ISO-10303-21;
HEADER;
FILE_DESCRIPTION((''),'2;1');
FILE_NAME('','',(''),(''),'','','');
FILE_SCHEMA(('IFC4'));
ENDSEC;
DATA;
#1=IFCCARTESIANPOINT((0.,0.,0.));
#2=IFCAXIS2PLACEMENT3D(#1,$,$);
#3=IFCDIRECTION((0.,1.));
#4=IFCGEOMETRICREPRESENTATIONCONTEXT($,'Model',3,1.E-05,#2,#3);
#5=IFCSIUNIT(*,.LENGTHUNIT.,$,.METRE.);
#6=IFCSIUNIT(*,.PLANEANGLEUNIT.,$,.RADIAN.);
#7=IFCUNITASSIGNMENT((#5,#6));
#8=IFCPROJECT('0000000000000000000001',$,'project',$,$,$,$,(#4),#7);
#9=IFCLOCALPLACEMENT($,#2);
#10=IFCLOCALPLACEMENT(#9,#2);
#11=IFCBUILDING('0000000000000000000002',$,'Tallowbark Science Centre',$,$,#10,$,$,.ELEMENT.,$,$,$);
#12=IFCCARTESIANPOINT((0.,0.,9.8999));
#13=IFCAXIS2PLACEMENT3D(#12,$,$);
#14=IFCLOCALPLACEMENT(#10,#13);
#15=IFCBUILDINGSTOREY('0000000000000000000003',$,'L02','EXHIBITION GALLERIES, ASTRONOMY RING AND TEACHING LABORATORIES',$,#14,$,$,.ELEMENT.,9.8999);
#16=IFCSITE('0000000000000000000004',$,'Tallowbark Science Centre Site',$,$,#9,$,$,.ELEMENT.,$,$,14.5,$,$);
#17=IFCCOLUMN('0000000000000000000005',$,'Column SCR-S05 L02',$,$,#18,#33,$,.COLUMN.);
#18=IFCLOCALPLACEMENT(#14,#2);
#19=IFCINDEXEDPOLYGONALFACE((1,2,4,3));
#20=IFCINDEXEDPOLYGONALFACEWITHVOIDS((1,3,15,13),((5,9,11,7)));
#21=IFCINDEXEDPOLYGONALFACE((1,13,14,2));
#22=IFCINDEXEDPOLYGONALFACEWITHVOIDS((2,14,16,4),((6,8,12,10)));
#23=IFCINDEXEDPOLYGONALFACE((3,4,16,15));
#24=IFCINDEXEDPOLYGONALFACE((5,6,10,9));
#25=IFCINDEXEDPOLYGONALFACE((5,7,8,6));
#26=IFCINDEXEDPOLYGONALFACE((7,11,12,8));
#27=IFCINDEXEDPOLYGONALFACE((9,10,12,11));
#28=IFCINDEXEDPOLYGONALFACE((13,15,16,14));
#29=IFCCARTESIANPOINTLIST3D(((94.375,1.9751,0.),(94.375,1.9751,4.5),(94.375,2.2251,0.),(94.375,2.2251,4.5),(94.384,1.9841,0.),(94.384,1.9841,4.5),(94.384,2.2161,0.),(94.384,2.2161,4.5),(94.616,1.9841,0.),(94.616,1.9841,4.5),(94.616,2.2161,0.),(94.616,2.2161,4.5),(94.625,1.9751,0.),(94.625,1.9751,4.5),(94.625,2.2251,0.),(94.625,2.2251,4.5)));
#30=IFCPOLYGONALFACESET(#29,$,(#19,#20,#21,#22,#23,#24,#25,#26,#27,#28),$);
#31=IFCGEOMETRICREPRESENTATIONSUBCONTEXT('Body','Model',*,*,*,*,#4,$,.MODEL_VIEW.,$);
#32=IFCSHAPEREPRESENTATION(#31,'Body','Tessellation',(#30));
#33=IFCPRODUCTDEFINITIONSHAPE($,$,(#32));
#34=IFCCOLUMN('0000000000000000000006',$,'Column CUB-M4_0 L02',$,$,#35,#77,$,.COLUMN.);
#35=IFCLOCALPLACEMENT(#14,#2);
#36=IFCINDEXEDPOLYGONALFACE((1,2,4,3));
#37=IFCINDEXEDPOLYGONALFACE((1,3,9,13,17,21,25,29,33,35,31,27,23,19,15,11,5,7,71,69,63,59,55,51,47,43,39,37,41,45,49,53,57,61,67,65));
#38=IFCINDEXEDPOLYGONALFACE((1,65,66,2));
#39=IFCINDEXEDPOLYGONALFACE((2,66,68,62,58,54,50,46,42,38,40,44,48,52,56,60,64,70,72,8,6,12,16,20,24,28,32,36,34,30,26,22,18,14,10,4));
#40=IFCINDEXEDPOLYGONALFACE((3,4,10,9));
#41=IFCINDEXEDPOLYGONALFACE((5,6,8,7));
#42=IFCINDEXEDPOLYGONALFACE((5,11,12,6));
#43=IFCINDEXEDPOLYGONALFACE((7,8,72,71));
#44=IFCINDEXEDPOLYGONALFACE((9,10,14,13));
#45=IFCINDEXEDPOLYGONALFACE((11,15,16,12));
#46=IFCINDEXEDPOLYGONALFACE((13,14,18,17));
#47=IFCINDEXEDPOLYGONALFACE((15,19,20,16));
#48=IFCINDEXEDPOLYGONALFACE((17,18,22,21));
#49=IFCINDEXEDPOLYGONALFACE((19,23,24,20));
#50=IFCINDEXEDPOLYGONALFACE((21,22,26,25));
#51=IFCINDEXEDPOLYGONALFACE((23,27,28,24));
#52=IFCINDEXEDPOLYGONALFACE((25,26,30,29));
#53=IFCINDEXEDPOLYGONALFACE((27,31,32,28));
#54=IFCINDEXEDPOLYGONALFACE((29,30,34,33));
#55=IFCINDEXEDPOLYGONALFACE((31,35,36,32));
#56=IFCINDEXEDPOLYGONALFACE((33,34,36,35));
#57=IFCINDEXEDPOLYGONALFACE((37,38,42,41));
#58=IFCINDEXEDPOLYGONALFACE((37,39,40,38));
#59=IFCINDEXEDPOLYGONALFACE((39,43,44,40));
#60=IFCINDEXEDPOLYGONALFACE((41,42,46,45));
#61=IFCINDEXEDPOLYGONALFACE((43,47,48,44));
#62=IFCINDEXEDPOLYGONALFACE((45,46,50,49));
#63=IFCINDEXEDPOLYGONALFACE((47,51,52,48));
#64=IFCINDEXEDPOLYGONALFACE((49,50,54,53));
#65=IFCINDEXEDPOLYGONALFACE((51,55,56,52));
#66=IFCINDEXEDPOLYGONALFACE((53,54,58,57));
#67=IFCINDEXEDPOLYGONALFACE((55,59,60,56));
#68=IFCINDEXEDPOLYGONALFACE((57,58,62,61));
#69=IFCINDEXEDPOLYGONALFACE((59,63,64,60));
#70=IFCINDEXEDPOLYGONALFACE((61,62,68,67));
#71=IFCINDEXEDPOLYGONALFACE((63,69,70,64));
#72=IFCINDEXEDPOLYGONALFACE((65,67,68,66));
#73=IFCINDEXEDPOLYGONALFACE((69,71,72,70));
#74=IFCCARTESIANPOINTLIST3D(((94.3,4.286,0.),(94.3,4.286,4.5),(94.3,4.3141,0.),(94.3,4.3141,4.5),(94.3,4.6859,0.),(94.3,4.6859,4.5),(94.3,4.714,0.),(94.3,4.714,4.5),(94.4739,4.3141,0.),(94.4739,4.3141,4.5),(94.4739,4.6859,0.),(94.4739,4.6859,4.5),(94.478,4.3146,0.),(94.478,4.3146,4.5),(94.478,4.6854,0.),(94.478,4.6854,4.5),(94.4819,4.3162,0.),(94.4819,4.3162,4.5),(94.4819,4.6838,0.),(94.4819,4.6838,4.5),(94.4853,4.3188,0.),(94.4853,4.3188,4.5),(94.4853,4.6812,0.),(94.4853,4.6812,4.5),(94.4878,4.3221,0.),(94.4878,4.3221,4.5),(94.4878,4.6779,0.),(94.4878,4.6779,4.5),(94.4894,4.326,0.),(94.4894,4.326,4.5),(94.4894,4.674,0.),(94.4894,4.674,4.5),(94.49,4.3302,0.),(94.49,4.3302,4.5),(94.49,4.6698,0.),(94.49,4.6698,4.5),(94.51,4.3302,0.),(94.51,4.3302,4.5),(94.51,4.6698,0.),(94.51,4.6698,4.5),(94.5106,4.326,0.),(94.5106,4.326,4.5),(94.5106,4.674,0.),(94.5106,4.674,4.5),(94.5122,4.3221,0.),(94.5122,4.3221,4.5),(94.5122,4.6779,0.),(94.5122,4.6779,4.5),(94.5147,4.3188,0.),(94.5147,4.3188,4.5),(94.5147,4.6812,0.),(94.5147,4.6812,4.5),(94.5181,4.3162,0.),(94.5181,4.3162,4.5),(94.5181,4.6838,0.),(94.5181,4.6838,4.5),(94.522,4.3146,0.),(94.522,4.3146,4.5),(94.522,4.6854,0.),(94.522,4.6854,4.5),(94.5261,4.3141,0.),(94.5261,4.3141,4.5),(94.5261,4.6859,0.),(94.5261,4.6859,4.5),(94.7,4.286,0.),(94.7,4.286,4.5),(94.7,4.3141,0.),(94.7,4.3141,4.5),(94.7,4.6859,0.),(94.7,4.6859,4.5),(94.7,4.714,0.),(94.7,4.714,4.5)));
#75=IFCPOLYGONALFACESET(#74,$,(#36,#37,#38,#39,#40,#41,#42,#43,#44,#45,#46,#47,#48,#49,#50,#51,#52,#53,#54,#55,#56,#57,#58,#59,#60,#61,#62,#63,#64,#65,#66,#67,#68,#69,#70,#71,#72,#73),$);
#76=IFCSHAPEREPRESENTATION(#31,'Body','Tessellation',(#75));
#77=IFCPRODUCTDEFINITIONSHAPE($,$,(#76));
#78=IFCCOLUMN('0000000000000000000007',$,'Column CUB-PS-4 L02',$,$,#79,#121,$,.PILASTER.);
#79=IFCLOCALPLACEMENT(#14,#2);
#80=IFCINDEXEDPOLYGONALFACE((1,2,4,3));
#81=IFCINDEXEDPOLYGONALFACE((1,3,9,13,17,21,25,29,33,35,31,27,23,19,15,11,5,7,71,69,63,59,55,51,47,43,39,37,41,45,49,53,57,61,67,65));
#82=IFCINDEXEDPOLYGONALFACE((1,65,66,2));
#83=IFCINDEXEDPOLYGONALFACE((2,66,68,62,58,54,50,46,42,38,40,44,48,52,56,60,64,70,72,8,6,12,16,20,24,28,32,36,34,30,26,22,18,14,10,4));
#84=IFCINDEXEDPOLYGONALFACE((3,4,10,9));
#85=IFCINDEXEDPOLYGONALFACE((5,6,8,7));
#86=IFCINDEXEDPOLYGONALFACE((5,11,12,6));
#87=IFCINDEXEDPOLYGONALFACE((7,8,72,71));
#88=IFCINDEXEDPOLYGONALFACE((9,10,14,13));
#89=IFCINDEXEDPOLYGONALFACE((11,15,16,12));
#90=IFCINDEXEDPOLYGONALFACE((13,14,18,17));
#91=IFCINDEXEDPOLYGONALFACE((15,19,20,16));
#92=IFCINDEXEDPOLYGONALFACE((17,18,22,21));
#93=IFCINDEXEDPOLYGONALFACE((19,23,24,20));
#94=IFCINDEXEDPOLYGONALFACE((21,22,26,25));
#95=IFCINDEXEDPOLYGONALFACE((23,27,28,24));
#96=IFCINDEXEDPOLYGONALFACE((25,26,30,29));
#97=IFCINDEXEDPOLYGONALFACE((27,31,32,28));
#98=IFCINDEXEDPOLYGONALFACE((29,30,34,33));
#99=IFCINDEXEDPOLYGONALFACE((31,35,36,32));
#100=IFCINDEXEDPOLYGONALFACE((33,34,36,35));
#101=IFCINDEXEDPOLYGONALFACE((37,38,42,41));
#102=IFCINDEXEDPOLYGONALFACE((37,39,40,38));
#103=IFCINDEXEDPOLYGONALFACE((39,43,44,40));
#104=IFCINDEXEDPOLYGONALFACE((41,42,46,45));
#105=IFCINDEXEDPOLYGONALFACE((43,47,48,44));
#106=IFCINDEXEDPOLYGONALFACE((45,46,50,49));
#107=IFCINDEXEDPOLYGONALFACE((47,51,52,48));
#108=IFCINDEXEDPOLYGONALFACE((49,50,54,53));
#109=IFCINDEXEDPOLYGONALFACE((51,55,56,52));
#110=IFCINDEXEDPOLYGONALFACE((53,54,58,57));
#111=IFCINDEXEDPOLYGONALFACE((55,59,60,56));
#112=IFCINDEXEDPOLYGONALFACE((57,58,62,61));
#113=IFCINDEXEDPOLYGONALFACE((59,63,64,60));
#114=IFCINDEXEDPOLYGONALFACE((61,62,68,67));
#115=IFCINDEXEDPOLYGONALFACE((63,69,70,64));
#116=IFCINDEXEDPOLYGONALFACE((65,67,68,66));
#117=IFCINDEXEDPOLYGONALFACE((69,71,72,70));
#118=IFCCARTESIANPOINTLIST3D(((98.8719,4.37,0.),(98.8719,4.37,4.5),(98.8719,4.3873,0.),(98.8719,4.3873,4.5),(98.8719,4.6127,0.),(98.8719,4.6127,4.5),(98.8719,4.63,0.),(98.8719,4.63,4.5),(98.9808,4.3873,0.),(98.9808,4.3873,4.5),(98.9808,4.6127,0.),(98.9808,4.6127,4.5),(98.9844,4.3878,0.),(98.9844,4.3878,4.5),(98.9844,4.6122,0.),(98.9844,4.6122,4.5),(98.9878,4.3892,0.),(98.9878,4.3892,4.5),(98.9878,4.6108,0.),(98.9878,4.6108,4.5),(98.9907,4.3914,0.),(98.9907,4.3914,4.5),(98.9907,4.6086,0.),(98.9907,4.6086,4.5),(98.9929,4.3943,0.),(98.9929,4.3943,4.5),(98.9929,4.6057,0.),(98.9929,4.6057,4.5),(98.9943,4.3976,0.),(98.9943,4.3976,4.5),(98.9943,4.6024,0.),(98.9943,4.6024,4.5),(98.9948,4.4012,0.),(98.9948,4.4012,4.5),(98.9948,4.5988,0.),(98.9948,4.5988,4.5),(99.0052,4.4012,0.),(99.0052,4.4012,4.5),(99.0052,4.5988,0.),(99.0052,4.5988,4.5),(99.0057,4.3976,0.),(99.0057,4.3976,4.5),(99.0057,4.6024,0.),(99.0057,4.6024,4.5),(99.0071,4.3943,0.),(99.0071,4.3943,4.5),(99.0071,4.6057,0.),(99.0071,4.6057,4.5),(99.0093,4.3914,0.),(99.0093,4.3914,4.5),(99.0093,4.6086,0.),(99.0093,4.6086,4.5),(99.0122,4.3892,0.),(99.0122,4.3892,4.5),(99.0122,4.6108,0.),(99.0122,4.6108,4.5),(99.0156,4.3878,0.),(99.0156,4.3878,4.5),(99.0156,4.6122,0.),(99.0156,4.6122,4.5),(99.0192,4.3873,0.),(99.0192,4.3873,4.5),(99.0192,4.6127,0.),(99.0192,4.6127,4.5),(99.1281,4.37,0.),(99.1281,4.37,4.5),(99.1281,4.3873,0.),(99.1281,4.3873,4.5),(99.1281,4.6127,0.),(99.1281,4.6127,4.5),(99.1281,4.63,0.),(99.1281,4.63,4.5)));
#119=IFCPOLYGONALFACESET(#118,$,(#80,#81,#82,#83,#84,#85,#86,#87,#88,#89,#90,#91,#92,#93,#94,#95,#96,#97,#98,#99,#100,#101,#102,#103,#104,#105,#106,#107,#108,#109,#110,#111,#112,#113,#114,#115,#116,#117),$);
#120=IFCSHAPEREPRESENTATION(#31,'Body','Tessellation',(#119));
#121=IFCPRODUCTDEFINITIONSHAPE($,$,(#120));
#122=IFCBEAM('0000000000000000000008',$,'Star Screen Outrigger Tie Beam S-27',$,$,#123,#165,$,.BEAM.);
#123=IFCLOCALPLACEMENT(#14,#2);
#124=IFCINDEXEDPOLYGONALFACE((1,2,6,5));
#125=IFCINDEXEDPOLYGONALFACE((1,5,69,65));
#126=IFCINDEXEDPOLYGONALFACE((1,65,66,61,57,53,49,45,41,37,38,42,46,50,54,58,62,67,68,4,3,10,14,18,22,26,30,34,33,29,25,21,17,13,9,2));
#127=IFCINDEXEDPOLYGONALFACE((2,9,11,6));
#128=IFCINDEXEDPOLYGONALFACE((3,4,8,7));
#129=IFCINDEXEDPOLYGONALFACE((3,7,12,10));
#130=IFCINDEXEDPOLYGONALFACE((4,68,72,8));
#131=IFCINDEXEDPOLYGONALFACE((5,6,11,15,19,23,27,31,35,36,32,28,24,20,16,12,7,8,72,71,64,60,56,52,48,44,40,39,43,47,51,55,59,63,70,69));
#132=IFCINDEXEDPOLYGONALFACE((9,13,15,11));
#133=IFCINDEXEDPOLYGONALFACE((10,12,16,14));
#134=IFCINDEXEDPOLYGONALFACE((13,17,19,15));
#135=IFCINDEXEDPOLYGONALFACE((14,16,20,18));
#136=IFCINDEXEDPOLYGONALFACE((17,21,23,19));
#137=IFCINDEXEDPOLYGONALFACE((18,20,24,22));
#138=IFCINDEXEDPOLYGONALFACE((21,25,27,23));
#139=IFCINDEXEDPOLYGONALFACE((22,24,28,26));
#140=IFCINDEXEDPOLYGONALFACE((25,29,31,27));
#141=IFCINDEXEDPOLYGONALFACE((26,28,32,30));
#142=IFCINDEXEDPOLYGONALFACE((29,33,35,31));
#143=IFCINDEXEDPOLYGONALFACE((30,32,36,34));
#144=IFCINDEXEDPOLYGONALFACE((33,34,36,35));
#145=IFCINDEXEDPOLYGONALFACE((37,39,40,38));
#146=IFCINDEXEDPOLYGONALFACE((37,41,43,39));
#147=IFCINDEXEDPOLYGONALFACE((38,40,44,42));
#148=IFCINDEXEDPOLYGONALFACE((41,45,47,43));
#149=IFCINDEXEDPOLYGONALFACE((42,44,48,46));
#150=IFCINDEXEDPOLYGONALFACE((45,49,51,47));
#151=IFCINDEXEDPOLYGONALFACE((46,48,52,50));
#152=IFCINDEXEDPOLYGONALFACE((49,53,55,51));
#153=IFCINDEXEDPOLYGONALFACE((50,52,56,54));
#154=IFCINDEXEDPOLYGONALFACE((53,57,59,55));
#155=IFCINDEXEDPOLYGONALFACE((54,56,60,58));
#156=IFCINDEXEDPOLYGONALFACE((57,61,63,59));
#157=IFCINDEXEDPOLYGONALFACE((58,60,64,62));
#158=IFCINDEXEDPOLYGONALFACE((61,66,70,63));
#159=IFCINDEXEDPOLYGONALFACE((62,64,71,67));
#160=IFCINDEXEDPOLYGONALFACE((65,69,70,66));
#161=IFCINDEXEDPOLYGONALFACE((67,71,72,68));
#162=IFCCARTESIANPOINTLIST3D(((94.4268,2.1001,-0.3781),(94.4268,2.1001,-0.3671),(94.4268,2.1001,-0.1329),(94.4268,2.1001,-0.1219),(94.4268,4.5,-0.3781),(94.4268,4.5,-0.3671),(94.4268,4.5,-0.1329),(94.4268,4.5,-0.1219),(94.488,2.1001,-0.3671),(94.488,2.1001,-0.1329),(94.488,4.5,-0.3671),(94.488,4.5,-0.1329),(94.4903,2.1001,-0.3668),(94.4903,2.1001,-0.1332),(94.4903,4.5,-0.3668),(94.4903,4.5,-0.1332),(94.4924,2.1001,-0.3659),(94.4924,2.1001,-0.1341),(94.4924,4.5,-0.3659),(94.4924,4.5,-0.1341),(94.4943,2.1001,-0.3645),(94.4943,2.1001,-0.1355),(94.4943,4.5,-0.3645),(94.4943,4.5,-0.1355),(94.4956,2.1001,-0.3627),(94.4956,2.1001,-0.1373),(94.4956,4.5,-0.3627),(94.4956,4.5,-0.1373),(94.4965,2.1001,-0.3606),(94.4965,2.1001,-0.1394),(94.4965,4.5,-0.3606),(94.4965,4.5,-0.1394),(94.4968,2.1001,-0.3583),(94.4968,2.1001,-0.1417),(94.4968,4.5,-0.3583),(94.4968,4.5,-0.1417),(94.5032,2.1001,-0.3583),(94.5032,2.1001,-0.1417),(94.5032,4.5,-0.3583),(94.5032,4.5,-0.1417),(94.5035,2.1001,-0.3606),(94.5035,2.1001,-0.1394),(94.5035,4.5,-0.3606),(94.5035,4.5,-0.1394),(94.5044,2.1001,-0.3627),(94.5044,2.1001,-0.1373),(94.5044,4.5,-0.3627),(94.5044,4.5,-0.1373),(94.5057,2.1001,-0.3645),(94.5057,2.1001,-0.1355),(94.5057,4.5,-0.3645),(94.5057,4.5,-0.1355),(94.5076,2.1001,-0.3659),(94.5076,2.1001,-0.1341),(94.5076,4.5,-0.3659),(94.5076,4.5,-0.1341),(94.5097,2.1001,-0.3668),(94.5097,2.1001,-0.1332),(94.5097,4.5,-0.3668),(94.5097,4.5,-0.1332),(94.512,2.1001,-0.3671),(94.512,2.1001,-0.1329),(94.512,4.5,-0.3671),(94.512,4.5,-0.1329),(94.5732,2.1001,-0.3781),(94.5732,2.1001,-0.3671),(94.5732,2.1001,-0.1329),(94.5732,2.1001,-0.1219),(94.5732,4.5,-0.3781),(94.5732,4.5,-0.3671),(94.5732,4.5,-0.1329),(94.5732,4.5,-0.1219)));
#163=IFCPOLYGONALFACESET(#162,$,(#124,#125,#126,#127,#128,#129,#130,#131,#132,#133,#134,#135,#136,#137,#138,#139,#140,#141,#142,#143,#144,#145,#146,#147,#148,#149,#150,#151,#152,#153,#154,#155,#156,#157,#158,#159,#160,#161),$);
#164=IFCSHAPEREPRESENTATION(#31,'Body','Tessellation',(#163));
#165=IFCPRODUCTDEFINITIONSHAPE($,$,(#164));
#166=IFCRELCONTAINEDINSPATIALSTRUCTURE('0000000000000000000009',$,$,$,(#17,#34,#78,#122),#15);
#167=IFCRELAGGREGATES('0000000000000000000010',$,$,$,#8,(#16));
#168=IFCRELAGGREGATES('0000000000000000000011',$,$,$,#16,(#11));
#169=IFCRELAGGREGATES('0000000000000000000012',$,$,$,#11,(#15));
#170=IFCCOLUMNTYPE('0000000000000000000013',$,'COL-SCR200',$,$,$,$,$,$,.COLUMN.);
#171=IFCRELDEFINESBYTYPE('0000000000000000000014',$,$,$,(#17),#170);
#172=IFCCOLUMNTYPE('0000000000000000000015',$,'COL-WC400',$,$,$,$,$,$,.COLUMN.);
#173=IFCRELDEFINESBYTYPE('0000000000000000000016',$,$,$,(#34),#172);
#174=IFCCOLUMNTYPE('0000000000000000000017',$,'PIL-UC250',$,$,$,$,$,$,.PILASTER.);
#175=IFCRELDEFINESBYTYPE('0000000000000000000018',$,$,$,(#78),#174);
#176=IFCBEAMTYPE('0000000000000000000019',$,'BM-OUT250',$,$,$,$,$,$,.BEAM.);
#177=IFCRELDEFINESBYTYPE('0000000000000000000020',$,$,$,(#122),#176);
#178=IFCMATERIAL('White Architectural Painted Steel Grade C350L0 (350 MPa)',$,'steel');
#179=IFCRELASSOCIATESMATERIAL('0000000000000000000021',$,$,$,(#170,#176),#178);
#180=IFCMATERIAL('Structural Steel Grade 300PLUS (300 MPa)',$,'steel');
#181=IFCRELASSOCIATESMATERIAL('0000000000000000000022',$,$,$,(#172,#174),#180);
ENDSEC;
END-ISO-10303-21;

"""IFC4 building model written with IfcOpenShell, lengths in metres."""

from ifc_helpers import new_model, si_unit, direction, frame, origin, origin_2d, place, context, subcontext, project, spatial, hollow_rectangle, i_section, extrude, material, material_profile, profile_set, type_object, element, save


model = new_model("IFC4")

# Units and contexts
model_context = context("Model", 3, precision=1e-05, world=origin(), true_north=direction((0.0, 1.0)))
body_context = subcontext(model_context, "Body", "Model", "MODEL_VIEW")
ifc_project = project(units=[si_unit("LENGTHUNIT", "METRE"), si_unit("PLANEANGLEUNIT", "RADIAN")], contexts=[model_context])

# Site, building, storey
site_placement = place(None, origin())
site = spatial("IfcSite", under=ifc_project, at=site_placement, Name="Tallowbark Science Centre Site", CompositionType="ELEMENT", RefElevation=14.5)
building_placement = place(site_placement, origin())
building = spatial("IfcBuilding", under=site, at=building_placement, Name="Tallowbark Science Centre", CompositionType="ELEMENT")
storey_placement = place(building_placement, frame((0.0, 0.0, 9.8999)))
storey = spatial("IfcBuildingStorey", under=building, at=storey_placement, Name="L02", Description="EXHIBITION GALLERIES, ASTRONOMY RING AND TEACHING LABORATORIES", CompositionType="ELEMENT", Elevation=9.8999)

# Columns
ifc_material_1 = material(Name="White Architectural Painted Steel Grade C350L0 (350 MPa)", Category="steel")
ifc_material_profile_1 = material_profile(ifc_material_1, hollow_rectangle(XDim=0.25, YDim=0.25, WallThickness=0.009, at=origin_2d()), Name="250x250x9.0SHS")
ifc_profile_set_1 = profile_set([ifc_material_profile_1], Name="White Architectural Painted Steel Grade C350L0 (350 MPa)")
column_type_1 = type_object("IfcColumnType", Name="COL-SCR200", PredefinedType="COLUMN", material=ifc_profile_set_1)
column_1_placement = place(storey_placement, frame((94.5, 2.1001, 0.0), z_axis=(0.0, 0.0, 1.0), x_axis=(1.0, 0.0, 0.0)))
element("IfcColumn", 1, at=column_1_placement, inside=storey, type_object=column_type_1, Name="Column SCR-S05 L02", PredefinedType="COLUMN", context=body_context, shape_type="SweptSolid", body=[
    extrude(hollow_rectangle(XDim=0.25, YDim=0.25, WallThickness=0.009, at=origin_2d()), origin(), (0.0, 0.0, 1.0), 4.5),
])
ifc_material_2 = material(Name="Structural Steel Grade 300PLUS (300 MPa)", Category="steel")
ifc_material_profile_2 = material_profile(ifc_material_2, i_section(OverallWidth=0.3999, OverallDepth=0.428, WebThickness=0.02, FlangeThickness=0.0281, FilletRadius=0.0161, at=origin_2d()), Name="400WC270")
ifc_profile_set_2 = profile_set([ifc_material_profile_2], Name="Structural Steel Grade 300PLUS (300 MPa)")
column_type_2 = type_object("IfcColumnType", Name="COL-WC400", PredefinedType="COLUMN", material=ifc_profile_set_2)
column_2_placement = place(storey_placement, frame((94.5, 4.5, 0.0), z_axis=(0.0, 0.0, 1.0), x_axis=(1.0, 0.0, 0.0)))
element("IfcColumn", 2, at=column_2_placement, inside=storey, type_object=column_type_2, Name="Column CUB-M4_0 L02", PredefinedType="COLUMN", context=body_context, shape_type="SweptSolid", body=[
    extrude(i_section(OverallWidth=0.3999, OverallDepth=0.428, WebThickness=0.02, FlangeThickness=0.0281, FilletRadius=0.0161, at=origin_2d()), origin(), (0.0, 0.0, 1.0), 4.5),
])
ifc_material_profile_3 = material_profile(ifc_material_2, i_section(OverallWidth=0.2561, OverallDepth=0.26, WebThickness=0.0105, FlangeThickness=0.0173, FilletRadius=0.0139, at=origin_2d()), Name="250UC89.5")
ifc_profile_set_3 = profile_set([ifc_material_profile_3], Name="Structural Steel Grade 300PLUS (300 MPa)")
column_type_3 = type_object("IfcColumnType", Name="PIL-UC250", PredefinedType="PILASTER", material=ifc_profile_set_3)
column_3_placement = place(storey_placement, frame((99.0, 4.5, 0.0), z_axis=(0.0, 0.0, 1.0), x_axis=(1.0, 0.0, 0.0)))
element("IfcColumn", 3, at=column_3_placement, inside=storey, type_object=column_type_3, Name="Column CUB-PS-4 L02", PredefinedType="PILASTER", context=body_context, shape_type="SweptSolid", body=[
    extrude(i_section(OverallWidth=0.2561, OverallDepth=0.26, WebThickness=0.0105, FlangeThickness=0.0173, FilletRadius=0.0139, at=origin_2d()), origin(), (0.0, 0.0, 1.0), 4.5),
])

# Beam
ifc_material_profile_4 = material_profile(ifc_material_1, i_section(OverallWidth=0.1465, OverallDepth=0.2561, WebThickness=0.0063, FlangeThickness=0.011, FilletRadius=0.0088, at=origin_2d()), Name="250UB37.3")
ifc_profile_set_4 = profile_set([ifc_material_profile_4], Name="White Architectural Painted Steel Grade C350L0 (350 MPa)")
beam_type_1 = type_object("IfcBeamType", Name="BM-OUT250", PredefinedType="BEAM", material=ifc_profile_set_4)
beam_1_placement = place(storey_placement, frame((94.5, 4.5, -0.25), z_axis=(0.0, -1.0, 0.0), x_axis=(1.0, 0.0, 0.0)))
element("IfcBeam", 4, at=beam_1_placement, inside=storey, type_object=beam_type_1, Name="Star Screen Outrigger Tie Beam S-27", PredefinedType="BEAM", context=body_context, shape_type="SweptSolid", body=[
    extrude(i_section(OverallWidth=0.1465, OverallDepth=0.2561, WebThickness=0.0063, FlangeThickness=0.011, FilletRadius=0.0088, at=origin_2d()), origin(), (0.0, 0.0, 1.0), 2.3999),
])

save(model, "model.ifc")
